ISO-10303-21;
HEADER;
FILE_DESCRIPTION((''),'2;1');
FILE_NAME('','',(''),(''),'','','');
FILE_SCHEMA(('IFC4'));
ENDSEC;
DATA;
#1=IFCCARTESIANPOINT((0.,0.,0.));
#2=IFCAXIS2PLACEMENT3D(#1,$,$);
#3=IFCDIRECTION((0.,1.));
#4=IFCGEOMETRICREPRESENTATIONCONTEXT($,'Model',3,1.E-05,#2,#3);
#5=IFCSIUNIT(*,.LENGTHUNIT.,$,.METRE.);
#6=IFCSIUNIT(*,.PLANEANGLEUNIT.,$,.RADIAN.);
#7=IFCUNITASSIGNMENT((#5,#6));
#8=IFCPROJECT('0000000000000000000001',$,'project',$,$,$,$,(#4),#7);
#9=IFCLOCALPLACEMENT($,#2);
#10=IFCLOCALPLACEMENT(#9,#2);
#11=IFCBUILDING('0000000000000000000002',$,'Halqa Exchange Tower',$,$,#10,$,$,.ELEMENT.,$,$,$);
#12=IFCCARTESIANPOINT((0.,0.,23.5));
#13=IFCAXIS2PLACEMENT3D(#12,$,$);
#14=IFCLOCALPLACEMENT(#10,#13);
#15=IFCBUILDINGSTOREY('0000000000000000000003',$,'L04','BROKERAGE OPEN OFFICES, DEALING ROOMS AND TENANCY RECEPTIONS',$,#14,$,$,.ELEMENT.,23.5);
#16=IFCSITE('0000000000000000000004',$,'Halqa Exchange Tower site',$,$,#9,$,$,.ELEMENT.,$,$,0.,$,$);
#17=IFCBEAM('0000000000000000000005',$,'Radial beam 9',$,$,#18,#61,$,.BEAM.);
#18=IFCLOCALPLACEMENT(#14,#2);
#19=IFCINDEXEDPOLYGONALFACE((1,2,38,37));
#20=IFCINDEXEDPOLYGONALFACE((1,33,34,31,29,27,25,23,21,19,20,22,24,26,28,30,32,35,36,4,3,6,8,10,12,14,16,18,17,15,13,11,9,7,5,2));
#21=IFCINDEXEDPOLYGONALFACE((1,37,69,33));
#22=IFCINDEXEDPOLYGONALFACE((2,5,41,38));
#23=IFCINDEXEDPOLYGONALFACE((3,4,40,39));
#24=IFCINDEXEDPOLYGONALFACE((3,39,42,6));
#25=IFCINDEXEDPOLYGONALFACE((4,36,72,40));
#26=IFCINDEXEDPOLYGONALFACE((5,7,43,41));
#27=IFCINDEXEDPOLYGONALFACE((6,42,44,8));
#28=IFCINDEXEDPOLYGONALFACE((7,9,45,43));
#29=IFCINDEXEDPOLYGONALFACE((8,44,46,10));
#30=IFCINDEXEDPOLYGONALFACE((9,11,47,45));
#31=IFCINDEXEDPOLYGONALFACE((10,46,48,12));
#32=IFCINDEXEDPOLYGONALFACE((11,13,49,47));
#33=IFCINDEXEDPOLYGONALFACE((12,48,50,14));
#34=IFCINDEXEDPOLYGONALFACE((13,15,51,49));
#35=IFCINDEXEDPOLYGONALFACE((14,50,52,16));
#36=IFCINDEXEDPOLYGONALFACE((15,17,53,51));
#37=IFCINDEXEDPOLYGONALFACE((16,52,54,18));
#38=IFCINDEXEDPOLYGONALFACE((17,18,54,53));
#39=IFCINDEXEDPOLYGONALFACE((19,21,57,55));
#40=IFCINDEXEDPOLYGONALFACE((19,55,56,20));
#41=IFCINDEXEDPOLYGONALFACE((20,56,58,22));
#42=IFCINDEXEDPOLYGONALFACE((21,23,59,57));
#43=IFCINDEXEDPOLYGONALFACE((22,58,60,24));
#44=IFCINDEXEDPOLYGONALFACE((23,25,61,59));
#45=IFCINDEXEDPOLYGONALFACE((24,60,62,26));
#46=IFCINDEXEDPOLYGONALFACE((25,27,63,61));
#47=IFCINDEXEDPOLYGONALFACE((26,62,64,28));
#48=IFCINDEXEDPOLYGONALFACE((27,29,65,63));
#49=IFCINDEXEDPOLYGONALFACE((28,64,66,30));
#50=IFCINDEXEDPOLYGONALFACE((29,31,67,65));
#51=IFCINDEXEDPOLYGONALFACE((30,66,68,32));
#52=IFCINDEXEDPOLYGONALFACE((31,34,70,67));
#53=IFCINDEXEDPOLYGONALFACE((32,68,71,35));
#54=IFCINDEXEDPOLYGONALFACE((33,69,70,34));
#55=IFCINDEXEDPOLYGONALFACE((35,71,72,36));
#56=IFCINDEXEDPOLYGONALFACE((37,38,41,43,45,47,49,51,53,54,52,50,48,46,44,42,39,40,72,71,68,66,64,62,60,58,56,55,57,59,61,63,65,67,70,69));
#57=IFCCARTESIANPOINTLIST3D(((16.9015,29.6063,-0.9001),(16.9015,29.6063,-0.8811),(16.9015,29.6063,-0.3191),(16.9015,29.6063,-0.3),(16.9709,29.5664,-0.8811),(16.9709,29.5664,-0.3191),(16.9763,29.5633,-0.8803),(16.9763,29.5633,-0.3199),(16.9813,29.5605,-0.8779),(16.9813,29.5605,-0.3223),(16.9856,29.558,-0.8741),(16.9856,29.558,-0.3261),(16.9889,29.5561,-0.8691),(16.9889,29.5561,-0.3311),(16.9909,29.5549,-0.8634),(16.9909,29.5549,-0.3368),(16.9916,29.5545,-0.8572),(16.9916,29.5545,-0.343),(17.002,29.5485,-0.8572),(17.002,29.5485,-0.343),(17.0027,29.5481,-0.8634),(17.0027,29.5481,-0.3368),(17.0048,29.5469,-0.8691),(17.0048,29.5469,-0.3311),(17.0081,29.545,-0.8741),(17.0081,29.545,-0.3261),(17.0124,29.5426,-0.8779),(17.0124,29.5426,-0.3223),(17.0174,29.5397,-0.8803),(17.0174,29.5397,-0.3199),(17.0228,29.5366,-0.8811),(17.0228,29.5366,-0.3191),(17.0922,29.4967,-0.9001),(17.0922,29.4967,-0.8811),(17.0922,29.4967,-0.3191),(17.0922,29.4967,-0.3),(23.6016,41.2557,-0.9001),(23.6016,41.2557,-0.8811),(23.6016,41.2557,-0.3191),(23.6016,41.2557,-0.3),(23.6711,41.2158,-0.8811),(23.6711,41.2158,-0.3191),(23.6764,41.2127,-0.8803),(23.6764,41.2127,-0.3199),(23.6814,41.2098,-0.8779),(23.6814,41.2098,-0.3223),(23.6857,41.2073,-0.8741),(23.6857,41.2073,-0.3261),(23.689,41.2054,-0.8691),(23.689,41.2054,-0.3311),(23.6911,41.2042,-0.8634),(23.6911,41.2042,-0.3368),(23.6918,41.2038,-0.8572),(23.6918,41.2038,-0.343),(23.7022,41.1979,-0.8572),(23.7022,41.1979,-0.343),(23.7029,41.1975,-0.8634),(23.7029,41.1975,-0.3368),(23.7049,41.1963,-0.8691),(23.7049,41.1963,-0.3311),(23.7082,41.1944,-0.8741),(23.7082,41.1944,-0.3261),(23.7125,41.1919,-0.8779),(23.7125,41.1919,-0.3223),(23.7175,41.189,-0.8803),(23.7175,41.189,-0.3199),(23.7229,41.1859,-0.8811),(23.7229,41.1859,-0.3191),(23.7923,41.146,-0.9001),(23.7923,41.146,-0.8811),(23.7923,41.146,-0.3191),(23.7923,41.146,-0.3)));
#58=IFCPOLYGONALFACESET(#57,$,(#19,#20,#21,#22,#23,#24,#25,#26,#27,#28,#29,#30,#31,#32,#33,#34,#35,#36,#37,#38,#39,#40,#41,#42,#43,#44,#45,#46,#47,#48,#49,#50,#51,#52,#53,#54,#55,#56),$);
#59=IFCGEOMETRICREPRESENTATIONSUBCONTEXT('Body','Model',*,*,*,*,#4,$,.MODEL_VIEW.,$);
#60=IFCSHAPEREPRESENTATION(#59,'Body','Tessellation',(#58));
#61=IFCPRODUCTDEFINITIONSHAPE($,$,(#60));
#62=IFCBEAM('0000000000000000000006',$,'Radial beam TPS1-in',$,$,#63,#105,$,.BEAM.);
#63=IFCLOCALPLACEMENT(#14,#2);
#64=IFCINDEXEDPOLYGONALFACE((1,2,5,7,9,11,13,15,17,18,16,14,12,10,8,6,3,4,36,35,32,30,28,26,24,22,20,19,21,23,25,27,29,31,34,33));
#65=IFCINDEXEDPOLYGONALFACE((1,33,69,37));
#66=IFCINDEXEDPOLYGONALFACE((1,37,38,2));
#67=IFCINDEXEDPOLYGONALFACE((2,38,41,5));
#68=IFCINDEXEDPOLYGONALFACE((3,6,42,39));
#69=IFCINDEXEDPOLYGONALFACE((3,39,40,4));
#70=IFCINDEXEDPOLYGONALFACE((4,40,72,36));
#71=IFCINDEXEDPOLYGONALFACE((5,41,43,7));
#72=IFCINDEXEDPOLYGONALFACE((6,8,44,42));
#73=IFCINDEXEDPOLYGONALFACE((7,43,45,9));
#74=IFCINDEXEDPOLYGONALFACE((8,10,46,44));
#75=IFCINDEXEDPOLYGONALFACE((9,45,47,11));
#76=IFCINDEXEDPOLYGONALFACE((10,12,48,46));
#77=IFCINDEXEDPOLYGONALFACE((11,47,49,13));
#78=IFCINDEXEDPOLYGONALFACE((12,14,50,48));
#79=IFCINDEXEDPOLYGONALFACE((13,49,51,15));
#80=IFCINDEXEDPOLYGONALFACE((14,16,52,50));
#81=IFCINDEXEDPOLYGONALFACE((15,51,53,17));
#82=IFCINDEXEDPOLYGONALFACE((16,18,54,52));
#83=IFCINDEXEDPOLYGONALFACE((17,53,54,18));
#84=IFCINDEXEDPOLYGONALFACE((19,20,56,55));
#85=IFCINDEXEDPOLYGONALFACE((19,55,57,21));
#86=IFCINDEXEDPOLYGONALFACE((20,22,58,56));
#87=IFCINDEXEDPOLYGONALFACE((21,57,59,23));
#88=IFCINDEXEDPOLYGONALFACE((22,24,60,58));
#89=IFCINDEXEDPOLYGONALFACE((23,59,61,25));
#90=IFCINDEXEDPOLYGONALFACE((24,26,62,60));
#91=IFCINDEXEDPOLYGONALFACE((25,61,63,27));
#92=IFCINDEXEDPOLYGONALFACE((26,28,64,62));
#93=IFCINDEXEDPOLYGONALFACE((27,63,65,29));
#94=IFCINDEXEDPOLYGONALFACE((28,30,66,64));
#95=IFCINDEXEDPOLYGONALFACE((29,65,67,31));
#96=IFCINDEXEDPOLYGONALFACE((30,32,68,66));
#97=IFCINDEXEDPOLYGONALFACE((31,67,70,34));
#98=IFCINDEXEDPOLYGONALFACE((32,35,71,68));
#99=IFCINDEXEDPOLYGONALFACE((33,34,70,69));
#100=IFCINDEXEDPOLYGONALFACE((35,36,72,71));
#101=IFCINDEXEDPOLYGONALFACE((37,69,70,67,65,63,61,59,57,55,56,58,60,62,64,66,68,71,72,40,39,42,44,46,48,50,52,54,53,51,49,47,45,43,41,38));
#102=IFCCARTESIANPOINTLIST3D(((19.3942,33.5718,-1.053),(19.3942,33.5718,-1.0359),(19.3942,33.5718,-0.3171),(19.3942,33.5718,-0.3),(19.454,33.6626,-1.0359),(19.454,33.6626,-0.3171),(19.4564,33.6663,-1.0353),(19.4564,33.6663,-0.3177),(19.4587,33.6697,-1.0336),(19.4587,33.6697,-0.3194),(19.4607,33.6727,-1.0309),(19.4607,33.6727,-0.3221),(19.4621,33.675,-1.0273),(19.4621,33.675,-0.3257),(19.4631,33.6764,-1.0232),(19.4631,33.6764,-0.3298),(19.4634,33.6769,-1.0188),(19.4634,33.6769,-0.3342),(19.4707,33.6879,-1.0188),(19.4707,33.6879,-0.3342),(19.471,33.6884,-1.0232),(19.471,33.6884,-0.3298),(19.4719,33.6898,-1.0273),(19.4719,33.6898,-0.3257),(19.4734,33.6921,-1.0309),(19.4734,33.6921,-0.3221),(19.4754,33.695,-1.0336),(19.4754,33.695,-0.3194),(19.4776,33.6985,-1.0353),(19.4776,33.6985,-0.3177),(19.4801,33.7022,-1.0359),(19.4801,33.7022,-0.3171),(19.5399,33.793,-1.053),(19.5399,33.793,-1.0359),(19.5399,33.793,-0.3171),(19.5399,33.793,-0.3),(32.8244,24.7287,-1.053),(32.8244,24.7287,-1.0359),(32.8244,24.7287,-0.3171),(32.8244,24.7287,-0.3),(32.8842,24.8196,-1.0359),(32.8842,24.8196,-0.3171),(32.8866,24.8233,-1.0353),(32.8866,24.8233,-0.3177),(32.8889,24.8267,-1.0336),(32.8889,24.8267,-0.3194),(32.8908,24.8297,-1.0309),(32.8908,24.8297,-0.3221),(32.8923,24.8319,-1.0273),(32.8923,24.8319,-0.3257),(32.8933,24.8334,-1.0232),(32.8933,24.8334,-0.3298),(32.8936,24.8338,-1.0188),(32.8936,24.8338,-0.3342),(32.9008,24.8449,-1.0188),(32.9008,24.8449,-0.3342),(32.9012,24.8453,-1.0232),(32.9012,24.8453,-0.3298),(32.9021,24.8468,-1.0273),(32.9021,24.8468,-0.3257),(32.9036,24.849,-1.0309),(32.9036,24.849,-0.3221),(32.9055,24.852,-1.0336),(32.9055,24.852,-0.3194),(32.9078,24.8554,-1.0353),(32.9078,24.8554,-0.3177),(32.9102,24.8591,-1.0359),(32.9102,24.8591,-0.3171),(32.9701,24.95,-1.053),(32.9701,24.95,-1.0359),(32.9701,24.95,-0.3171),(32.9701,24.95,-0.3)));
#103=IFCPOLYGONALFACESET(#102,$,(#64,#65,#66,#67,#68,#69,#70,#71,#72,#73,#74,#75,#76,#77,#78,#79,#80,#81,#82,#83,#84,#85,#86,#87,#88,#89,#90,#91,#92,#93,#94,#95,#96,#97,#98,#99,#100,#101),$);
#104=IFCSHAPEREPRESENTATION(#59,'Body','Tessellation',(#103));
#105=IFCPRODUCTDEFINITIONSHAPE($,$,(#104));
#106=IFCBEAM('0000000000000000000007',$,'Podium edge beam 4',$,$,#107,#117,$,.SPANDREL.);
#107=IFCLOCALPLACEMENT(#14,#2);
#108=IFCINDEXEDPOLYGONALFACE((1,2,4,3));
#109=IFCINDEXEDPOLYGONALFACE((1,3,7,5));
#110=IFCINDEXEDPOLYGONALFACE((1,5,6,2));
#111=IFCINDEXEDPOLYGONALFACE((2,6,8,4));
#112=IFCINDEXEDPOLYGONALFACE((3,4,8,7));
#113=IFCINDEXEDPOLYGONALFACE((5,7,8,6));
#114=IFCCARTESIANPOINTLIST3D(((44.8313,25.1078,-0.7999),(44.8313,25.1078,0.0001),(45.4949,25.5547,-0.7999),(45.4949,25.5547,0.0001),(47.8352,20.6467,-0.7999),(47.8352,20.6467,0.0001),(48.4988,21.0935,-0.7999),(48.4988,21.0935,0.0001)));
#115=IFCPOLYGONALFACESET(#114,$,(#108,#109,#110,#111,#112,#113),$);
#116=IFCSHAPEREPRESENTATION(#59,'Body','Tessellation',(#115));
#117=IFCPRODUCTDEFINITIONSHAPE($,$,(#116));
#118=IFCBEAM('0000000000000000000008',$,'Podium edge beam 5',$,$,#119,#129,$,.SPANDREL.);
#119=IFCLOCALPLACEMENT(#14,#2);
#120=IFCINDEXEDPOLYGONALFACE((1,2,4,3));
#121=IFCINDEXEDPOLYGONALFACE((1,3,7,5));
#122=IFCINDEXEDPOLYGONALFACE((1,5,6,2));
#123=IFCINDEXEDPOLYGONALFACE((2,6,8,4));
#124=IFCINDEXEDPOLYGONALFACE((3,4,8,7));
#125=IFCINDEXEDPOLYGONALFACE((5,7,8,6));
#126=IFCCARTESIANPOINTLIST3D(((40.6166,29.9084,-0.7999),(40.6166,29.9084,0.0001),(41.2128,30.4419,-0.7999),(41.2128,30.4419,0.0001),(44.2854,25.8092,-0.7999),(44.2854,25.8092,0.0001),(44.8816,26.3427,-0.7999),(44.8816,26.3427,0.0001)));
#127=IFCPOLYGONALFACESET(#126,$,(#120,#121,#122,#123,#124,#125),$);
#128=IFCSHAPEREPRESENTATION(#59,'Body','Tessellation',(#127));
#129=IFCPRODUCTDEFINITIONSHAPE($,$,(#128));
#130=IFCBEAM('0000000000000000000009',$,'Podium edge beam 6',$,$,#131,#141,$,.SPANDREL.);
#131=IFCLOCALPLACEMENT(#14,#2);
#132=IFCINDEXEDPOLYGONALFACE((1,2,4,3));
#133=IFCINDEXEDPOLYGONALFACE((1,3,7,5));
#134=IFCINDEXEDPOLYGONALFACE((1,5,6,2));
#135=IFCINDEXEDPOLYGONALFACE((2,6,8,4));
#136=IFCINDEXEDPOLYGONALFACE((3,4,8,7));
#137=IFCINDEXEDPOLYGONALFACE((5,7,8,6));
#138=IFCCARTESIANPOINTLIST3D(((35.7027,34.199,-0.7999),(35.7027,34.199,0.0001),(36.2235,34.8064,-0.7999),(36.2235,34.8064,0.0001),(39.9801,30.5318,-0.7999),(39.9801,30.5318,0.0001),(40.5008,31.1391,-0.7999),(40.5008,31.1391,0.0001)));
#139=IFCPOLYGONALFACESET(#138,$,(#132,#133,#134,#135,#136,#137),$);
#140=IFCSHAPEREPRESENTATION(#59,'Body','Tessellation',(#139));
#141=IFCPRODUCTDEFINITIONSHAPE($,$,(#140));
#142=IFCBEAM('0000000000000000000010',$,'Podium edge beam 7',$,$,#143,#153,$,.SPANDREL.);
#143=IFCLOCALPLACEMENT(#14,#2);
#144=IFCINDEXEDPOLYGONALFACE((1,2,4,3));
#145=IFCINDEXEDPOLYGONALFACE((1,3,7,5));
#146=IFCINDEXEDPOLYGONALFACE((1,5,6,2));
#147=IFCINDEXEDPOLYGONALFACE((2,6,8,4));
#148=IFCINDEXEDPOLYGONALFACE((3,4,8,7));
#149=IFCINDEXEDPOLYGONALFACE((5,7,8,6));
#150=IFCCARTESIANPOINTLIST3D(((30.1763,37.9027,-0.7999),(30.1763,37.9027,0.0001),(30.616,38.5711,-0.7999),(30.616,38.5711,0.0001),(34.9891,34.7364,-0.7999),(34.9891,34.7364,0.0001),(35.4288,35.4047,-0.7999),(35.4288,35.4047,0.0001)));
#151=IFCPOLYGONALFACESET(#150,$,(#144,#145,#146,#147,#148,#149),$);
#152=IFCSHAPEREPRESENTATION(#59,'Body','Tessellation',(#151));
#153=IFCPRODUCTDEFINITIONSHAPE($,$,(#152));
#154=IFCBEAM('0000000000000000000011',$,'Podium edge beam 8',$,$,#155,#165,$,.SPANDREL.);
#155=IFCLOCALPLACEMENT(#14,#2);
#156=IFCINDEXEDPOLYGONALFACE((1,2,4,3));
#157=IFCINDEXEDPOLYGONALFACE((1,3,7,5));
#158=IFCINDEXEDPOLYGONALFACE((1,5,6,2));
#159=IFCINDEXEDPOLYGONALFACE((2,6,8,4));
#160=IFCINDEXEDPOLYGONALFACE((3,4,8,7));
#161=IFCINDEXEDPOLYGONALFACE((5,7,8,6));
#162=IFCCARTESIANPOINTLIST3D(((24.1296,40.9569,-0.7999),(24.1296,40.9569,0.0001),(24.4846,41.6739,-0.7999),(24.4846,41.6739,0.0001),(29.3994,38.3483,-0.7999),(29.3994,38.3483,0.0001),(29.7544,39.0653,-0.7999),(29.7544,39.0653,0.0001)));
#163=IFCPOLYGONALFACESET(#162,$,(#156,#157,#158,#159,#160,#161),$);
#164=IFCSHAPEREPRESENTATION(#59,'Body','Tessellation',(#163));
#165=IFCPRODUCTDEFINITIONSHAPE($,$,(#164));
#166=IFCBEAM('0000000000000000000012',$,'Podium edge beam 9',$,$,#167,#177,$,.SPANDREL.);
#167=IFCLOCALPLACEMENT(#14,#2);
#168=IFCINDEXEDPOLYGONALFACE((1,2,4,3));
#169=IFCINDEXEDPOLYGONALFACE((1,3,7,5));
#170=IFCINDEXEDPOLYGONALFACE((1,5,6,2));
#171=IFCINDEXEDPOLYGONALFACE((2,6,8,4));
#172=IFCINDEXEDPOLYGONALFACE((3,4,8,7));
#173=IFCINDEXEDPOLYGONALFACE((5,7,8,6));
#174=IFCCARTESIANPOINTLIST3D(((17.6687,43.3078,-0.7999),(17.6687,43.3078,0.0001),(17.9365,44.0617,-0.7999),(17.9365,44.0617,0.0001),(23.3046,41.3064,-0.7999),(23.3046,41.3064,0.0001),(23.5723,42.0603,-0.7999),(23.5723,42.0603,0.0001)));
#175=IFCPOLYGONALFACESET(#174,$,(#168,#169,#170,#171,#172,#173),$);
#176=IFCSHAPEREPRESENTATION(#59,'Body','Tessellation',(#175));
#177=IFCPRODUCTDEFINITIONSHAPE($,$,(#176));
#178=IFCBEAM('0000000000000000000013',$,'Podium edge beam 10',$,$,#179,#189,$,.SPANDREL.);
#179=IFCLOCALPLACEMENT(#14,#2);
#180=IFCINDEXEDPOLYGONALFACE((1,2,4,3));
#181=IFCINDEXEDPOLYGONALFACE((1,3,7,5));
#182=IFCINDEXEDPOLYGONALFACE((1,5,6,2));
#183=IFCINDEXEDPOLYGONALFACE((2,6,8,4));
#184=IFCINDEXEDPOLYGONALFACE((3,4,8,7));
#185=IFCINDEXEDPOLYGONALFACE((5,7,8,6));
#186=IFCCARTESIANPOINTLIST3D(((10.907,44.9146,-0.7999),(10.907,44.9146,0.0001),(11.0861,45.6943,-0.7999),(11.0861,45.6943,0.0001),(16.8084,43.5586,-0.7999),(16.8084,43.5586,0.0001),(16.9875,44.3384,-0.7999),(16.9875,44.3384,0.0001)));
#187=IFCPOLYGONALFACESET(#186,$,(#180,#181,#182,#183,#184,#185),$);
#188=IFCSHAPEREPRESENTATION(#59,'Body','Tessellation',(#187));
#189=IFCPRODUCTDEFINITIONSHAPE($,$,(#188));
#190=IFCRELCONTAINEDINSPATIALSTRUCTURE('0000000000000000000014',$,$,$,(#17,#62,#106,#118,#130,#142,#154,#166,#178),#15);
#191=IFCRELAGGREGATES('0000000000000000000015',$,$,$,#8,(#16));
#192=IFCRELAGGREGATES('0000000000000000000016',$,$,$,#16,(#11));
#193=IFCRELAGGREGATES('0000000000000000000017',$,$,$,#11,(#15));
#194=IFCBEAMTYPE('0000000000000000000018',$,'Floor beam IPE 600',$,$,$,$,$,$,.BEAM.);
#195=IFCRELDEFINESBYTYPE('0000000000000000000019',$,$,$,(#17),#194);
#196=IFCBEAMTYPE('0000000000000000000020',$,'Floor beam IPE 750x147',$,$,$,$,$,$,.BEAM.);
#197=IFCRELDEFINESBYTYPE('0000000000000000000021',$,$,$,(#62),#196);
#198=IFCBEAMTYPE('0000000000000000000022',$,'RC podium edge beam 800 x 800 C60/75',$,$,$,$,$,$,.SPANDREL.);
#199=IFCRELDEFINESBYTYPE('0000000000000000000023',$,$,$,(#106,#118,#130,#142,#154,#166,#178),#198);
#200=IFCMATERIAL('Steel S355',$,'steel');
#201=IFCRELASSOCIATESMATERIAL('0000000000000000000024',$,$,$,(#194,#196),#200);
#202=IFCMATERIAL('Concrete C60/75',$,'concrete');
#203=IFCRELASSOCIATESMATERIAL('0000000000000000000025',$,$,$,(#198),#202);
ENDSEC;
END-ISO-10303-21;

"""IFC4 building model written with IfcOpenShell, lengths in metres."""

from ifc_helpers import new_model, si_unit, direction, frame, origin, origin_2d, place, context, subcontext, project, spatial, rectangle, i_section, extrude, material, material_profile, profile_set, type_object, element, save


model = new_model("IFC4")

# Units and contexts
model_context = context("Model", 3, precision=1e-05, world=origin(), true_north=direction((0.0, 1.0)))
body_context = subcontext(model_context, "Body", "Model", "MODEL_VIEW")
ifc_project = project(units=[si_unit("LENGTHUNIT", "METRE"), si_unit("PLANEANGLEUNIT", "RADIAN")], contexts=[model_context])

# Site, building, storey
site_placement = place(None, origin())
site = spatial("IfcSite", under=ifc_project, at=site_placement, Name="Halqa Exchange Tower site", CompositionType="ELEMENT", RefElevation=0.0)
building_placement = place(site_placement, origin())
building = spatial("IfcBuilding", under=site, at=building_placement, Name="Halqa Exchange Tower", CompositionType="ELEMENT")
storey_placement = place(building_placement, frame((0.0, 0.0, 23.5)))
storey = spatial("IfcBuildingStorey", under=building, at=storey_placement, Name="L04", Description="BROKERAGE OPEN OFFICES, DEALING ROOMS AND TENANCY RECEPTIONS", CompositionType="ELEMENT", Elevation=23.5)

# Beams
ifc_material_1 = material(Name="Steel S355", Category="steel")
ifc_material_profile_1 = material_profile(ifc_material_1, i_section(OverallWidth=0.22, OverallDepth=0.6001, WebThickness=0.012, FlangeThickness=0.019, FilletRadius=0.0239, at=origin_2d()), Name="IPE 600")
ifc_profile_set_1 = profile_set([ifc_material_profile_1], Name="Steel S355")
beam_type_1 = type_object("IfcBeamType", Name="Floor beam IPE 600", PredefinedType="BEAM", material=ifc_profile_set_1)
beam_1_placement = place(storey_placement, frame((16.9968, 29.5515, -0.6001), z_axis=(0.498571, 0.866849, 0.0), x_axis=(-0.866849, 0.498571, 0.0)))
element("IfcBeam", 1, at=beam_1_placement, inside=storey, type_object=beam_type_1, Name="Radial beam 9", PredefinedType="BEAM", context=body_context, shape_type="SweptSolid", body=[
    extrude(i_section(OverallWidth=0.22, OverallDepth=0.6001, WebThickness=0.012, FlangeThickness=0.019, FilletRadius=0.0239, at=origin_2d()), origin(), (0.0, 0.0, 1.0), 13.4387),
])
ifc_material_profile_2 = material_profile(ifc_material_1, i_section(OverallWidth=0.2649, OverallDepth=0.7529, WebThickness=0.0132, FlangeThickness=0.0171, FilletRadius=0.0171, at=origin_2d()), Name="IPE 750x147")
ifc_profile_set_2 = profile_set([ifc_material_profile_2], Name="Steel S355")
beam_type_2 = type_object("IfcBeamType", Name="Floor beam IPE 750x147", PredefinedType="BEAM", material=ifc_profile_set_2)
beam_2_placement = place(storey_placement, frame((32.8972, 24.8394, -0.6765), z_axis=(-0.835206, 0.549937, 0.0), x_axis=(-0.549937, -0.835206, 0.0)))
element("IfcBeam", 2, at=beam_2_placement, inside=storey, type_object=beam_type_2, Name="Radial beam TPS1-in", PredefinedType="BEAM", context=body_context, shape_type="SweptSolid", body=[
    extrude(i_section(OverallWidth=0.2649, OverallDepth=0.7529, WebThickness=0.0132, FlangeThickness=0.0171, FilletRadius=0.0171, at=origin_2d()), origin(), (0.0, 0.0, 1.0), 16.0801),
])
ifc_material_2 = material(Name="Concrete C60/75", Category="concrete")
ifc_material_profile_3 = material_profile(ifc_material_2, rectangle(XDim=0.8, YDim=0.8, at=origin_2d()), Name="800 x 800")
ifc_profile_set_3 = profile_set([ifc_material_profile_3], Name="Concrete C60/75")
beam_type_3 = type_object("IfcBeamType", Name="RC podium edge beam 800 x 800 C60/75", PredefinedType="SPANDREL", material=ifc_profile_set_3)
beam_3_placement = place(storey_placement, frame((48.167, 20.8701, -0.3999), z_axis=(-0.558528, 0.829485, 0.0), x_axis=(-0.829485, -0.558528, 0.0)))
element("IfcBeam", 3, at=beam_3_placement, inside=storey, type_object=beam_type_3, Name="Podium edge beam 4", PredefinedType="SPANDREL", context=body_context, shape_type="SweptSolid", body=[
    extrude(rectangle(XDim=0.8, YDim=0.8, at=origin_2d()), origin(), (0.0, 0.0, 1.0), 5.3782),
])
beam_4_placement = place(storey_placement, frame((44.5835, 26.0759, -0.3999), z_axis=(-0.666903, 0.745145, 0.0), x_axis=(-0.745145, -0.666903, 0.0)))
element("IfcBeam", 4, at=beam_4_placement, inside=storey, type_object=beam_type_3, Name="Podium edge beam 5", PredefinedType="SPANDREL", context=body_context, shape_type="SweptSolid", body=[
    extrude(rectangle(XDim=0.8, YDim=0.8, at=origin_2d()), origin(), (0.0, 0.0, 1.0), 5.5012),
])
beam_5_placement = place(storey_placement, frame((40.2405, 30.8354, -0.3999), z_axis=(-0.759174, 0.650888, 0.0), x_axis=(-0.650888, -0.759174, 0.0)))
element("IfcBeam", 5, at=beam_5_placement, inside=storey, type_object=beam_type_3, Name="Podium edge beam 6", PredefinedType="SPANDREL", context=body_context, shape_type="SweptSolid", body=[
    extrude(rectangle(XDim=0.8, YDim=0.8, at=origin_2d()), origin(), (0.0, 0.0, 1.0), 5.6343),
])
beam_6_placement = place(storey_placement, frame((35.209, 35.0706, -0.3999), z_axis=(-0.835419, 0.549614, 0.0), x_axis=(-0.549614, -0.835419, 0.0)))
element("IfcBeam", 6, at=beam_6_placement, inside=storey, type_object=beam_type_3, Name="Podium edge beam 7", PredefinedType="SPANDREL", context=body_context, shape_type="SweptSolid", body=[
    extrude(rectangle(XDim=0.8, YDim=0.8, at=origin_2d()), origin(), (0.0, 0.0, 1.0), 5.761),
])
beam_7_placement = place(storey_placement, frame((29.5769, 38.7068, -0.3999), z_axis=(-0.896205, 0.443639, 0.0), x_axis=(-0.443639, -0.896205, 0.0)))
element("IfcBeam", 7, at=beam_7_placement, inside=storey, type_object=beam_type_3, Name="Podium edge beam 8", PredefinedType="SPANDREL", context=body_context, shape_type="SweptSolid", body=[
    extrude(rectangle(XDim=0.8, YDim=0.8, at=origin_2d()), origin(), (0.0, 0.0, 1.0), 5.8801),
])
beam_8_placement = place(storey_placement, frame((23.4385, 41.6833, -0.3999), z_axis=(-0.942343, 0.334647, 0.0), x_axis=(-0.334647, -0.942343, 0.0)))
element("IfcBeam", 8, at=beam_8_placement, inside=storey, type_object=beam_type_3, Name="Podium edge beam 9", PredefinedType="SPANDREL", context=body_context, shape_type="SweptSolid", body=[
    extrude(rectangle(XDim=0.8, YDim=0.8, at=origin_2d()), origin(), (0.0, 0.0, 1.0), 5.9807),
])
beam_9_placement = place(storey_placement, frame((16.8979, 43.9485, -0.3999), z_axis=(-0.974604, 0.223935, 0.0), x_axis=(-0.223935, -0.974604, 0.0)))
element("IfcBeam", 9, at=beam_9_placement, inside=storey, type_object=beam_type_3, Name="Podium edge beam 10", PredefinedType="SPANDREL", context=body_context, shape_type="SweptSolid", body=[
    extrude(rectangle(XDim=0.8, YDim=0.8, at=origin_2d()), origin(), (0.0, 0.0, 1.0), 6.0552),
])

save(model, "model.ifc")
